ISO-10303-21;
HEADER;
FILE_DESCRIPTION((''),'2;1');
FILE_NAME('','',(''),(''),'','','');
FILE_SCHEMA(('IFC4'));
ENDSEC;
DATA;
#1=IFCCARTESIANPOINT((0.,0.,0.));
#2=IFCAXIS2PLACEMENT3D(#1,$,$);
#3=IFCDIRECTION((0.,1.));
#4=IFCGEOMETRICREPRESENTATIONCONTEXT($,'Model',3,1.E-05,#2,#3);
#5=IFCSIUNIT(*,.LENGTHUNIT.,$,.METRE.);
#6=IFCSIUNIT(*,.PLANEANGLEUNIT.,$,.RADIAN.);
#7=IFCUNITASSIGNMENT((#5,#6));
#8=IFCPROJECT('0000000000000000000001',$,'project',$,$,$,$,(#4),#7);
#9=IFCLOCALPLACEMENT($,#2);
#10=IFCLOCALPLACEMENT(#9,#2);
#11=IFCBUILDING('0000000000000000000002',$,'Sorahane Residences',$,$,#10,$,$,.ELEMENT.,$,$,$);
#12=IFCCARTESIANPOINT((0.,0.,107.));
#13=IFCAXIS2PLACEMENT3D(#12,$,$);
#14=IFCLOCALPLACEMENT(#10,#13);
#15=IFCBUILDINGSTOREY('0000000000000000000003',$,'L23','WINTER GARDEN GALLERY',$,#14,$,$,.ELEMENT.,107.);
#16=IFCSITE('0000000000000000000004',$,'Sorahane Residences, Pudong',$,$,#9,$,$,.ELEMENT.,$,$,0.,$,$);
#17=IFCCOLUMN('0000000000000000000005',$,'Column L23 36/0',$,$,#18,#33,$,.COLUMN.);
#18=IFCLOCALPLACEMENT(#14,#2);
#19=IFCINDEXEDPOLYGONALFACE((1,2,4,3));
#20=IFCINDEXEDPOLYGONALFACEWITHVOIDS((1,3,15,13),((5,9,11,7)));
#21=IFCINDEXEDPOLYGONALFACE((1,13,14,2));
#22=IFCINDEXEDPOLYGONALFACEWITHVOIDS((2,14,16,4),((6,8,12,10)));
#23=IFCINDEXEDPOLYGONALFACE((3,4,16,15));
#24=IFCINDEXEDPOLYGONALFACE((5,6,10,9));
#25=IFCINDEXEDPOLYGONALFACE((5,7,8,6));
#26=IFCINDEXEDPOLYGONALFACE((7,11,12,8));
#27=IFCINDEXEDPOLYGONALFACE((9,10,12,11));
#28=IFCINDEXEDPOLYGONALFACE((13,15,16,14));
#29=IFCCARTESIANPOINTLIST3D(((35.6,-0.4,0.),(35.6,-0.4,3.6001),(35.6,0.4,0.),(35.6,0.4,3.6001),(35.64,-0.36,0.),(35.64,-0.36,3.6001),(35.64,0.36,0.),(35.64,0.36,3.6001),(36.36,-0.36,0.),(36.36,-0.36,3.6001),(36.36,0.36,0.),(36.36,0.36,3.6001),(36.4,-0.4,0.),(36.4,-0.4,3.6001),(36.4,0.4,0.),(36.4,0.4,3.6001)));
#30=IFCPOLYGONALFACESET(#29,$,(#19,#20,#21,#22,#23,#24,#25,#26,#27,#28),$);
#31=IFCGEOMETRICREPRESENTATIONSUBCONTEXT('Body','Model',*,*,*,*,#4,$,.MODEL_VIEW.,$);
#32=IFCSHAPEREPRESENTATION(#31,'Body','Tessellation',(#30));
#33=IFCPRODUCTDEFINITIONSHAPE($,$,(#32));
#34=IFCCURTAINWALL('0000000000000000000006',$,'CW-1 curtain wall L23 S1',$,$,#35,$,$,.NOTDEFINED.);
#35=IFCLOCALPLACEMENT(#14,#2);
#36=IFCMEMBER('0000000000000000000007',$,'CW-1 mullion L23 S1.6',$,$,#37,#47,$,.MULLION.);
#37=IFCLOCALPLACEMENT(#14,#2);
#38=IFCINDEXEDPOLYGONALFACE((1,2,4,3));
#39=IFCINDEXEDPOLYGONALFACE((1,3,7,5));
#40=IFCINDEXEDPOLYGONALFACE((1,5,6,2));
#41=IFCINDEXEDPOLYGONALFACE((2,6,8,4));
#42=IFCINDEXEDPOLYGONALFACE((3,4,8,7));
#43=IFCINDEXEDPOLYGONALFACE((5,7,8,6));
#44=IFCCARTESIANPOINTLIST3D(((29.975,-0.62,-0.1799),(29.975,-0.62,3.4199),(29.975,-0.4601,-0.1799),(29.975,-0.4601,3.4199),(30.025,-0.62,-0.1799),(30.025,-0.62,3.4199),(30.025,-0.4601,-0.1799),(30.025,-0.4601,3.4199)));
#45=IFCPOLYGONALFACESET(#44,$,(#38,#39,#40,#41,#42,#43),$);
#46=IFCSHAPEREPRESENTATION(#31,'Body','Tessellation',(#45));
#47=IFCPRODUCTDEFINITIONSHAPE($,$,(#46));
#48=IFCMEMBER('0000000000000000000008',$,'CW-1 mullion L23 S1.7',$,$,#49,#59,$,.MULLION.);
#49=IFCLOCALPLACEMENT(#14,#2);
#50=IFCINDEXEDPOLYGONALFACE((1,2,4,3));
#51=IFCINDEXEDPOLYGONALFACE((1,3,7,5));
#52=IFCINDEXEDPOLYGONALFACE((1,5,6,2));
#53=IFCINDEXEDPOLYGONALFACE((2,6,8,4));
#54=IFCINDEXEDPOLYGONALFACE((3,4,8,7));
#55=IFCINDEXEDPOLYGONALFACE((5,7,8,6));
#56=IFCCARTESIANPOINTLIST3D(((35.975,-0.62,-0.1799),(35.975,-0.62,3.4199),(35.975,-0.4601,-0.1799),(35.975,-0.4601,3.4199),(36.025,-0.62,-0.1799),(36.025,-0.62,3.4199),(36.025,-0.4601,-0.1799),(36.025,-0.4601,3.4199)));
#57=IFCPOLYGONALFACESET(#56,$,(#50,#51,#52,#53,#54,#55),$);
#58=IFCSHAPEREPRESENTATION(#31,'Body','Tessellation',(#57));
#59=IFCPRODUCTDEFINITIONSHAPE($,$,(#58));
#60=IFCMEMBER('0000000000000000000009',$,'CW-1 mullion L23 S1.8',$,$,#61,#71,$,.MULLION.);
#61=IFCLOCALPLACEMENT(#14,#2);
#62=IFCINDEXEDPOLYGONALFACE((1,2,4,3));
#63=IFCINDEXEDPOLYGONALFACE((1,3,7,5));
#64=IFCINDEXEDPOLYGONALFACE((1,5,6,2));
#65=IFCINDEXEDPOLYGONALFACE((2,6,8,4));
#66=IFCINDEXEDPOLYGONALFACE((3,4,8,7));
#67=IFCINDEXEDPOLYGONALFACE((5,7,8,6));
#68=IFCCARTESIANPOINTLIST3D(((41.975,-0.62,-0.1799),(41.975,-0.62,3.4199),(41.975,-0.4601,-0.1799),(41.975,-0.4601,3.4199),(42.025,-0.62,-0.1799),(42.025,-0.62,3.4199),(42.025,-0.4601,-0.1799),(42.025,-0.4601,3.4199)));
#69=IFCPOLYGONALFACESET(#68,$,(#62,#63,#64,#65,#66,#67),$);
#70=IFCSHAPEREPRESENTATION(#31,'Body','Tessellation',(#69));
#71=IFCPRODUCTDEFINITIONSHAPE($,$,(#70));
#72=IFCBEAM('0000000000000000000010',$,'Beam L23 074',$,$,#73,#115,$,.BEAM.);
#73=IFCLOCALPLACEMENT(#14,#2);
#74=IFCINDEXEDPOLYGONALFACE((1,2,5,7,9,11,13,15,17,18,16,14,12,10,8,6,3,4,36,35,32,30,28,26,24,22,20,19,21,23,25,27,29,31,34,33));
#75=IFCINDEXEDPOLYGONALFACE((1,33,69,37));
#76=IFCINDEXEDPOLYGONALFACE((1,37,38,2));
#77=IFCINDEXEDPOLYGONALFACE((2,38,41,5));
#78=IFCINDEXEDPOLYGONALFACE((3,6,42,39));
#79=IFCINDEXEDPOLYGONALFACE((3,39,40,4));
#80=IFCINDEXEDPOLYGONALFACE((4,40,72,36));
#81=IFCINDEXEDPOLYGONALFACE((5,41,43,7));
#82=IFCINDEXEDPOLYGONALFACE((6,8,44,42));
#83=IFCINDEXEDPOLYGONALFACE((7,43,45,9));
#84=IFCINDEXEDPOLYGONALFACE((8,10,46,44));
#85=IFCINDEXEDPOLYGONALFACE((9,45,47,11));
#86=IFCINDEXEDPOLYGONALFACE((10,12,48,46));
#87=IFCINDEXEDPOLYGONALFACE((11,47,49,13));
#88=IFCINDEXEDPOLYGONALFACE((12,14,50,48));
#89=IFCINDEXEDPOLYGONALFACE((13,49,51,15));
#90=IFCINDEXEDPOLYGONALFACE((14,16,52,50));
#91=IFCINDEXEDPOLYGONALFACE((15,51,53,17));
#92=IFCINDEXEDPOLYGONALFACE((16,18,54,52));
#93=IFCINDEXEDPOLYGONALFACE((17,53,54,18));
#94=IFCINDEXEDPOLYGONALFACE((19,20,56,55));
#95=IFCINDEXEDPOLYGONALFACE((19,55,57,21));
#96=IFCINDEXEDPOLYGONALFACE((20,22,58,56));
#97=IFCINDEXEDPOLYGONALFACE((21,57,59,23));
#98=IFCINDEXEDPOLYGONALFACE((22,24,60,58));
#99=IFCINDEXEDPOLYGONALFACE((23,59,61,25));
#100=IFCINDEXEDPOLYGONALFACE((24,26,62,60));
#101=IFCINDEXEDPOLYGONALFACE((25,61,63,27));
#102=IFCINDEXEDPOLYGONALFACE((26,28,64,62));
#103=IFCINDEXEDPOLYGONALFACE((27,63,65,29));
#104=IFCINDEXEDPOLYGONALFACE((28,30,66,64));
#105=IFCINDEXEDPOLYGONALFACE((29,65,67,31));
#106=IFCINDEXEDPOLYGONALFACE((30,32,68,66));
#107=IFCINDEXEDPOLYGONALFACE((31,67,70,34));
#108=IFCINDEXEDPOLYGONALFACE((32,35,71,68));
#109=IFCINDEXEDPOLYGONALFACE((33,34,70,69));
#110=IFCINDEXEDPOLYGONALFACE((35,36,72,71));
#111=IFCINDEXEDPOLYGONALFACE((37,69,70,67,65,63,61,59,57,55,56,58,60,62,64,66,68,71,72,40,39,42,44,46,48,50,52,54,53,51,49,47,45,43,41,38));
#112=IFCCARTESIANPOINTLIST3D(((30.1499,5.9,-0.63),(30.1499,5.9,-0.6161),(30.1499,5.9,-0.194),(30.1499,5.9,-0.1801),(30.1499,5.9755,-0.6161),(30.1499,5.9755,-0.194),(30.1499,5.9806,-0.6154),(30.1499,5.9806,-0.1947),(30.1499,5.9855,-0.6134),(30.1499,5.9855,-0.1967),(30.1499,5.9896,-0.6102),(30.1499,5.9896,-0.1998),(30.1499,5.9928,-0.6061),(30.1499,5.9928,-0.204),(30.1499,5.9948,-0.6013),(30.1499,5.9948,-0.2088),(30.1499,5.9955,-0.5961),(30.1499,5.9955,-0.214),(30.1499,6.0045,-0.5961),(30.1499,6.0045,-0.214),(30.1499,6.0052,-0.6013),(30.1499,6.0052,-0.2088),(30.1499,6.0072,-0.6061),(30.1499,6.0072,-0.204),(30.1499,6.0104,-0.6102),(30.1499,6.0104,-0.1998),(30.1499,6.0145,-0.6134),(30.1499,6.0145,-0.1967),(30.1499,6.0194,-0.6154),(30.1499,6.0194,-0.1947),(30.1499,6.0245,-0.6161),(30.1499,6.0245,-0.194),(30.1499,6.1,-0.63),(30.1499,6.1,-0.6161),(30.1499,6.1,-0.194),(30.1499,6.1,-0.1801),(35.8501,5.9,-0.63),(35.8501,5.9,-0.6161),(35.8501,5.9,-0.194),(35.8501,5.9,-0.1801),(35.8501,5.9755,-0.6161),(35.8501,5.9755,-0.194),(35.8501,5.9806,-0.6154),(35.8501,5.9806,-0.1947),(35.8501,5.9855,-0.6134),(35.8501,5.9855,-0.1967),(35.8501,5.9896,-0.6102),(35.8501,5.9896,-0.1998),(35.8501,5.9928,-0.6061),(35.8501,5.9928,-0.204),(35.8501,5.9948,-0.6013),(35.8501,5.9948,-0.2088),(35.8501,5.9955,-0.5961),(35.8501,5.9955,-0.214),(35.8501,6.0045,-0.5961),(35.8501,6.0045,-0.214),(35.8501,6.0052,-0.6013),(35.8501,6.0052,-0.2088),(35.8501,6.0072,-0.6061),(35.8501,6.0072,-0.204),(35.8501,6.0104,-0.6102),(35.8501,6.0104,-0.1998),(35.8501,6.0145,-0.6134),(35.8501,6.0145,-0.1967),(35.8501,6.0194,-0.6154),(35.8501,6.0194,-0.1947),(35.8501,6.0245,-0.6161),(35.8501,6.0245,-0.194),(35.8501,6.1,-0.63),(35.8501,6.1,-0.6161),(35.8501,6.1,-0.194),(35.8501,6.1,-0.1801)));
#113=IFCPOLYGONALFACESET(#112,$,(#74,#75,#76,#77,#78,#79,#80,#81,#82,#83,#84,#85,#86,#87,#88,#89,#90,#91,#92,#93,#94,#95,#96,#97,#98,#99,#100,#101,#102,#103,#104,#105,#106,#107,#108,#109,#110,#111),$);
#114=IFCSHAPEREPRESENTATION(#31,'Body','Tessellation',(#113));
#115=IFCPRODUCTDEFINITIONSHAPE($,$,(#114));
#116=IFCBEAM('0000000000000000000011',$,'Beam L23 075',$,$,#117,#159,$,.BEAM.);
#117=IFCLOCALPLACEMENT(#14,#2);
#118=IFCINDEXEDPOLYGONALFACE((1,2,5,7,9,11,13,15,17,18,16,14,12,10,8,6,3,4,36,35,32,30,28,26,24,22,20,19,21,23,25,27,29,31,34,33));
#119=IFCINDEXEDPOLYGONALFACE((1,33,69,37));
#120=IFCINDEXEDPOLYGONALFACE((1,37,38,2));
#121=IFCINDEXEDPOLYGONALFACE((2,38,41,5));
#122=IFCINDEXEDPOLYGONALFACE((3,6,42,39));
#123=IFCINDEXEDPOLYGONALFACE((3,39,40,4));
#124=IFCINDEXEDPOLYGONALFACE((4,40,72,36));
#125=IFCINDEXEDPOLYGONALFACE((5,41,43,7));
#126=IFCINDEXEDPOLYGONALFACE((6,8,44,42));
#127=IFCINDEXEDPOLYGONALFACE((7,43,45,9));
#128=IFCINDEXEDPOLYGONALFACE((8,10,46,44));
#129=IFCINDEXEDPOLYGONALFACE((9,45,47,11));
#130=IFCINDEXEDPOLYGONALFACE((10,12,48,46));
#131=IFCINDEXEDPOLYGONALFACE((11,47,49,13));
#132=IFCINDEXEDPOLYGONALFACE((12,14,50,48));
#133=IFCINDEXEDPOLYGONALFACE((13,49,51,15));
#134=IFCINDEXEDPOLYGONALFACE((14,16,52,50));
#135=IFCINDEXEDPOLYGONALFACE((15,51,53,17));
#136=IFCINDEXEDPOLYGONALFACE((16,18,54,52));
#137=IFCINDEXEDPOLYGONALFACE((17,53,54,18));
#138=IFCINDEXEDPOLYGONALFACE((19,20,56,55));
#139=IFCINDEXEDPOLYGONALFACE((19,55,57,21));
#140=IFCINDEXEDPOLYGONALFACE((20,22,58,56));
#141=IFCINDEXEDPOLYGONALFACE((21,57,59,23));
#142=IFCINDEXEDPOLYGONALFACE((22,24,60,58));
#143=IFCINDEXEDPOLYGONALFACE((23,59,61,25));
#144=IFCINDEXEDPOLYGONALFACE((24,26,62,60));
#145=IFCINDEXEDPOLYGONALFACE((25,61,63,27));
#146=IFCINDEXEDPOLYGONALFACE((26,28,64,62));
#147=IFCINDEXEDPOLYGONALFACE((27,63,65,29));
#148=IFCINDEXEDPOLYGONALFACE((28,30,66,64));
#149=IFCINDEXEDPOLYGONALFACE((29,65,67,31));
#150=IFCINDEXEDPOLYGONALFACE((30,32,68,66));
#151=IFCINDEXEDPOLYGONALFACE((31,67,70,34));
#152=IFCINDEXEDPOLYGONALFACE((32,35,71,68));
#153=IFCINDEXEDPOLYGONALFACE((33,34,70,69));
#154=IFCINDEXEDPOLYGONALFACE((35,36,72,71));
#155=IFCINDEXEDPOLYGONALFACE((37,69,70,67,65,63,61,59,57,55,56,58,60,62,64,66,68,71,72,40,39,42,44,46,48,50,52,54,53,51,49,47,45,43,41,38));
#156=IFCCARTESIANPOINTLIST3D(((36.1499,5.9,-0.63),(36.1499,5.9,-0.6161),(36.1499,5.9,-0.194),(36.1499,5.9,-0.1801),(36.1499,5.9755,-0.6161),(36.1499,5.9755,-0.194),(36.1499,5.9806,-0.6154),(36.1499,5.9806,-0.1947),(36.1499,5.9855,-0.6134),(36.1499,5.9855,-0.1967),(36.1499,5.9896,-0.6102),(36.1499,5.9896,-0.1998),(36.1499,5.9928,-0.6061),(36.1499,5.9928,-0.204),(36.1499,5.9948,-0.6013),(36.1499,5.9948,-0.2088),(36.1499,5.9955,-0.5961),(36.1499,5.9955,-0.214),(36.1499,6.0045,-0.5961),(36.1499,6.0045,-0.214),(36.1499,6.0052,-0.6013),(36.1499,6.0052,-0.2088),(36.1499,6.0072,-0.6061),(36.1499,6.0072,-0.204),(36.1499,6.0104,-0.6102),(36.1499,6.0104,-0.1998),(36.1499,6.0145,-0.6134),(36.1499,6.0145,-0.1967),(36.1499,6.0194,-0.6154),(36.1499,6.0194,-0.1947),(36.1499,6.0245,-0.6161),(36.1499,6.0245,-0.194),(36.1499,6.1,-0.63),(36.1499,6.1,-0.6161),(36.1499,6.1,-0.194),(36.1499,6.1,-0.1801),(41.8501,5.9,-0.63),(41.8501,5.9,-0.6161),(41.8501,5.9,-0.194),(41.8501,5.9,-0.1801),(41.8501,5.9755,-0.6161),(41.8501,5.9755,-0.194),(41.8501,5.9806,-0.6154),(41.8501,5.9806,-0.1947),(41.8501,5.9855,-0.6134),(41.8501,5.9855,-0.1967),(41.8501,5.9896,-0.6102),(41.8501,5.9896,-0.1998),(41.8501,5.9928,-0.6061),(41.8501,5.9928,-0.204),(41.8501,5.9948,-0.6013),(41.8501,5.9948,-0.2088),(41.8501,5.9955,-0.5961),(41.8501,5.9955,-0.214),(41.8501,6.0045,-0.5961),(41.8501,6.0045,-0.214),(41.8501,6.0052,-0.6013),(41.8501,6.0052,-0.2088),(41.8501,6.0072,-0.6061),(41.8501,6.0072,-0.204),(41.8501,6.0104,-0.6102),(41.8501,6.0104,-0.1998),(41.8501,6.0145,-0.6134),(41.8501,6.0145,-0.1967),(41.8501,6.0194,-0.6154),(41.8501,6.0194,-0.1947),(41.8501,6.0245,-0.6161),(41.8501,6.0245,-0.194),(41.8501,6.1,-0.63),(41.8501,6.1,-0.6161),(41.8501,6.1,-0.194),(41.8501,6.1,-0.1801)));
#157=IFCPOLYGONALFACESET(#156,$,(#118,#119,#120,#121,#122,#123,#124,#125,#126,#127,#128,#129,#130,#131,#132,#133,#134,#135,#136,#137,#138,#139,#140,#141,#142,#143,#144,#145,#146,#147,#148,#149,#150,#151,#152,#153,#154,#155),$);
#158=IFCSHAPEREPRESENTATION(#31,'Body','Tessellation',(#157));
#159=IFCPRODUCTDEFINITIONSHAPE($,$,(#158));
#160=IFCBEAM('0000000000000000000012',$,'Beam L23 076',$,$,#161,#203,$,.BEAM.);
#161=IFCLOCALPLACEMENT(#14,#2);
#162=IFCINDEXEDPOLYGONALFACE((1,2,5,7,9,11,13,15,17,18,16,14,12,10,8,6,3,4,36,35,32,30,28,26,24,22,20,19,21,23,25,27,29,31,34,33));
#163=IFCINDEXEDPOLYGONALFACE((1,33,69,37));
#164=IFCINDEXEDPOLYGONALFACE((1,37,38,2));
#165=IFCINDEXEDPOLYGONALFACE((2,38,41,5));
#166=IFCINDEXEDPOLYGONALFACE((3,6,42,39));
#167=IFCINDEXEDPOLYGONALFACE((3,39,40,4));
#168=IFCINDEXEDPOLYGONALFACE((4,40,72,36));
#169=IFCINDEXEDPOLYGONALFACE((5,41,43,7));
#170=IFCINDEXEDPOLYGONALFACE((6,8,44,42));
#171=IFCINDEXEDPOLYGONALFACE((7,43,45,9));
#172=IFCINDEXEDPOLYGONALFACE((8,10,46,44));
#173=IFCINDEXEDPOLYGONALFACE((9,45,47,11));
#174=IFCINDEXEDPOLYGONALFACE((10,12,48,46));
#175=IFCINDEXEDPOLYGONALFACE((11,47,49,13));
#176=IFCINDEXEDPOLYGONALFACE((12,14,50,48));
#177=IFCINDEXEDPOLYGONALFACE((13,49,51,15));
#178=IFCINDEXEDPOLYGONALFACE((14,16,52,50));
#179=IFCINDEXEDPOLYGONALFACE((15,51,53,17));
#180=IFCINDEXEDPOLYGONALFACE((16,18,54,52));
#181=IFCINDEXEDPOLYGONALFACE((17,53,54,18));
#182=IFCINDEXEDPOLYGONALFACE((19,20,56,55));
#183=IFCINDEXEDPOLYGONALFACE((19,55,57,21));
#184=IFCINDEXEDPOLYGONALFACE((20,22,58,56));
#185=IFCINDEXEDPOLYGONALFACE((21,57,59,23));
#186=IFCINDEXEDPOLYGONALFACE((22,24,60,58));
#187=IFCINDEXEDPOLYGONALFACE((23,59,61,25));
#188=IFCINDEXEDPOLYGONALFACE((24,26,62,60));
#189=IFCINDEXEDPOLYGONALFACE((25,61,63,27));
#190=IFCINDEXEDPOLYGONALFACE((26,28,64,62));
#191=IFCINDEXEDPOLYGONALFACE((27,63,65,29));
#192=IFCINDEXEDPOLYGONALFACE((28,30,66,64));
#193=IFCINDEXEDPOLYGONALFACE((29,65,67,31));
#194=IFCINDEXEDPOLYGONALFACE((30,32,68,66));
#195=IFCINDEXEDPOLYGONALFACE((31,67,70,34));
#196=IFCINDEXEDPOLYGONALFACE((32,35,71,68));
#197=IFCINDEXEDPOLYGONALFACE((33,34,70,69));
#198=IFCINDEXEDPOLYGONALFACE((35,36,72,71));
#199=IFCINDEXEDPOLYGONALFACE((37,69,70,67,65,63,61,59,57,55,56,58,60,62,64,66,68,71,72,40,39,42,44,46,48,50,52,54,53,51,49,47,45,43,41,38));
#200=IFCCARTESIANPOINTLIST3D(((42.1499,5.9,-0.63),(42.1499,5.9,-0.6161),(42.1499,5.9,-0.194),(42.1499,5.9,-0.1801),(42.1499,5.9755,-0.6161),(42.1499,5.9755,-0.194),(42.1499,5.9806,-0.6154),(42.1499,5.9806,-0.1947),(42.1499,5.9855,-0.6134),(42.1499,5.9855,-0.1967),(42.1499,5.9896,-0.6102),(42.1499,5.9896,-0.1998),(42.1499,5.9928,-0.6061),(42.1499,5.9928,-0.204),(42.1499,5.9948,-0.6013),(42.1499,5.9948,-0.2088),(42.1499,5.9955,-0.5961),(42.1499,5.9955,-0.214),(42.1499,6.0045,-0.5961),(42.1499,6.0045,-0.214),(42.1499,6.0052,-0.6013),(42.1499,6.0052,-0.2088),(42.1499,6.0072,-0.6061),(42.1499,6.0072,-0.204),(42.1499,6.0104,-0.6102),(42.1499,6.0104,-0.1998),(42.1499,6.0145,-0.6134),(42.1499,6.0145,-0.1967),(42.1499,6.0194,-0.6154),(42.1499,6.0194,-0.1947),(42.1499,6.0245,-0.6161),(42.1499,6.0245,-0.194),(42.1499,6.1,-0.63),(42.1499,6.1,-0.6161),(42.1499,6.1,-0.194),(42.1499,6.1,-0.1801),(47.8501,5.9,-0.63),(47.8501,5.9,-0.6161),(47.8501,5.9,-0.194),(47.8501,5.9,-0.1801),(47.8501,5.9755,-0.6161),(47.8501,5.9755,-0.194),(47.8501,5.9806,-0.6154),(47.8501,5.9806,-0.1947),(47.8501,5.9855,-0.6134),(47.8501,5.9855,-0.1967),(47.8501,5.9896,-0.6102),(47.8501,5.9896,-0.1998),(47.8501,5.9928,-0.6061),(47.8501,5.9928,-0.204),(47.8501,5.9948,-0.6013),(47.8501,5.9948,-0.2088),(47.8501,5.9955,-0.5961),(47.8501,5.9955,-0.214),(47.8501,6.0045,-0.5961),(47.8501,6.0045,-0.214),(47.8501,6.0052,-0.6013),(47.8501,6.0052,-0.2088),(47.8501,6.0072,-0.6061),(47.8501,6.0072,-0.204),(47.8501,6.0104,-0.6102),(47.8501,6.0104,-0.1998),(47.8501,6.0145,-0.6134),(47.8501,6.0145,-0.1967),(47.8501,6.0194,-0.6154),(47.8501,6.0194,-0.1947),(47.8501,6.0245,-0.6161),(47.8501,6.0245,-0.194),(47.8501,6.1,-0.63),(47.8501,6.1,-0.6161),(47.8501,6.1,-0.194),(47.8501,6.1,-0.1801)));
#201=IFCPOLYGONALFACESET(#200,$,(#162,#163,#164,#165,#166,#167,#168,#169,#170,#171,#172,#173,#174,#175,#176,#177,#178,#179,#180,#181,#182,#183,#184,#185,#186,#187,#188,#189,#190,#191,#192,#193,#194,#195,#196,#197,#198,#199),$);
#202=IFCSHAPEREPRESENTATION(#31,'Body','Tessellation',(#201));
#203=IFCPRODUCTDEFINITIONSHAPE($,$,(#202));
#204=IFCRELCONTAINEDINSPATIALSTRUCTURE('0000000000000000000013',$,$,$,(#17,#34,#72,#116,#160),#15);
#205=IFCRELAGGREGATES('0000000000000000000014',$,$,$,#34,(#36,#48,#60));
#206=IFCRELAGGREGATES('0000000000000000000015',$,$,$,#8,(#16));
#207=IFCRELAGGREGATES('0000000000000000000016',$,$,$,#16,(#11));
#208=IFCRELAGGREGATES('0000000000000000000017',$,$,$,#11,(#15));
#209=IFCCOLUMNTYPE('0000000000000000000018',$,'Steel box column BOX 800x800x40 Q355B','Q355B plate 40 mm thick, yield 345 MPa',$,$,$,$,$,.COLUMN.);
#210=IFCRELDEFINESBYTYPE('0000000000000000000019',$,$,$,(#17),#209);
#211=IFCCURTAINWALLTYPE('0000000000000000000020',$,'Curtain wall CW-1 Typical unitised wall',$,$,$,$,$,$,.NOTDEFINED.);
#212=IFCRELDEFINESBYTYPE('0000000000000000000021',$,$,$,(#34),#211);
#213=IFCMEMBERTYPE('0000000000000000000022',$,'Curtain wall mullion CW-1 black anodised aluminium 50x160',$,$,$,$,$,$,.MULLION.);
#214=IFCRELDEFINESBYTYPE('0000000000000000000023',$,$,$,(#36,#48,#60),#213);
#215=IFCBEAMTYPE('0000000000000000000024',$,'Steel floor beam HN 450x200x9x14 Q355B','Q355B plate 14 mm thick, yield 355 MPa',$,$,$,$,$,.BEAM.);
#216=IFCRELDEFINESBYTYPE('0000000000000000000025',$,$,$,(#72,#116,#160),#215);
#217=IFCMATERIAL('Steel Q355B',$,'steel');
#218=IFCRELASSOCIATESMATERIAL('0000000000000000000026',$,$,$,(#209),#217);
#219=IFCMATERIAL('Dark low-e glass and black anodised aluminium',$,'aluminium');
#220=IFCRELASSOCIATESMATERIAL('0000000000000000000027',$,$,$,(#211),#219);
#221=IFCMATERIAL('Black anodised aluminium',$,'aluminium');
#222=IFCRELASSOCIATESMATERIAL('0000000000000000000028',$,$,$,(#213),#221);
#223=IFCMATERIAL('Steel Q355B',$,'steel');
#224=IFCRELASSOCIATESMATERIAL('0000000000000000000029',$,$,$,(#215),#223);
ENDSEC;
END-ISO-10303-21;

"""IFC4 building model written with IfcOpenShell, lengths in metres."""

from ifc_helpers import new_model, si_unit, direction, frame, origin, origin_2d, place, context, subcontext, project, spatial, rectangle, hollow_rectangle, i_section, extrude, material, material_profile, profile_set, type_object, element, aggregate, save


model = new_model("IFC4")

# Units and contexts
model_context = context("Model", 3, precision=1e-05, world=origin(), true_north=direction((0.0, 1.0)))
body_context = subcontext(model_context, "Body", "Model", "MODEL_VIEW")
ifc_project = project(units=[si_unit("LENGTHUNIT", "METRE"), si_unit("PLANEANGLEUNIT", "RADIAN")], contexts=[model_context])

# Site, building, storey
site_placement = place(None, origin())
site = spatial("IfcSite", under=ifc_project, at=site_placement, Name="Sorahane Residences, Pudong", CompositionType="ELEMENT", RefElevation=0.0)
building_placement = place(site_placement, origin())
building = spatial("IfcBuilding", under=site, at=building_placement, Name="Sorahane Residences", CompositionType="ELEMENT")
storey_placement = place(building_placement, frame((0.0, 0.0, 107.0)))
storey = spatial("IfcBuildingStorey", under=building, at=storey_placement, Name="L23", Description="WINTER GARDEN GALLERY", CompositionType="ELEMENT", Elevation=107.0)

# Column
ifc_material_1 = material(Name="Steel Q355B", Category="steel")
ifc_material_profile_1 = material_profile(ifc_material_1, hollow_rectangle(XDim=0.8, YDim=0.8, WallThickness=0.04, at=origin_2d()), Name="BOX 800x800x40")
ifc_profile_set_1 = profile_set([ifc_material_profile_1], Name="Steel Q355B")
column_type = type_object("IfcColumnType", Name="Steel box column BOX 800x800x40 Q355B", Description="Q355B plate 40 mm thick, yield 345 MPa", PredefinedType="COLUMN", material=ifc_profile_set_1)
column_placement = place(storey_placement, frame((36.0, 0.0, 0.0), z_axis=(0.0, 0.0, 1.0), x_axis=(1.0, 0.0, 0.0)))
element("IfcColumn", 1, at=column_placement, inside=storey, type_object=column_type, Name="Column L23 36/0", PredefinedType="COLUMN", context=body_context, shape_type="SweptSolid", body=[
    extrude(hollow_rectangle(XDim=0.8, YDim=0.8, WallThickness=0.04, at=origin_2d()), origin(), (0.0, 0.0, 1.0), 3.6001),
])

# Curtain wall, members
ifc_material_2 = material(Name="Dark low-e glass and black anodised aluminium", Category="aluminium")
curtain_wall_type = type_object("IfcCurtainWallType", Name="Curtain wall CW-1 Typical unitised wall", PredefinedType="NOTDEFINED", material=ifc_material_2)
curtain_wall_placement = place(storey_placement, origin())
curtain_wall = element("IfcCurtainWall", 2, at=curtain_wall_placement, inside=storey, type_object=curtain_wall_type, Name="CW-1 curtain wall L23 S1", PredefinedType="NOTDEFINED")
ifc_material_3 = material(Name="Black anodised aluminium", Category="aluminium")
ifc_material_profile_2 = material_profile(ifc_material_3, rectangle(XDim=0.1599, YDim=0.05, at=origin_2d()), Name="Curtain wall mullion CW-1 black anodised aluminium 50x160")
ifc_profile_set_2 = profile_set([ifc_material_profile_2], Name="Black anodised aluminium")
member_type = type_object("IfcMemberType", Name="Curtain wall mullion CW-1 black anodised aluminium 50x160", PredefinedType="MULLION", material=ifc_profile_set_2)
member_1_placement = place(storey_placement, frame((30.0, -0.54, -0.1799), z_axis=(0.0, 0.0, 1.0), x_axis=(0.0, -1.0, 0.0)))
member_1 = element("IfcMember", 3, at=member_1_placement, type_object=member_type, Name="CW-1 mullion L23 S1.6", PredefinedType="MULLION", context=body_context, shape_type="SweptSolid", body=[
    extrude(rectangle(XDim=0.1599, YDim=0.05, at=origin_2d()), origin(), (0.0, 0.0, 1.0), 3.5999),
])
member_2_placement = place(storey_placement, frame((36.0, -0.54, -0.1799), z_axis=(0.0, 0.0, 1.0), x_axis=(0.0, -1.0, 0.0)))
member_2 = element("IfcMember", 4, at=member_2_placement, type_object=member_type, Name="CW-1 mullion L23 S1.7", PredefinedType="MULLION", context=body_context, shape_type="SweptSolid", body=[
    extrude(rectangle(XDim=0.1599, YDim=0.05, at=origin_2d()), origin(), (0.0, 0.0, 1.0), 3.5999),
])
member_3_placement = place(storey_placement, frame((42.0, -0.54, -0.1799), z_axis=(0.0, 0.0, 1.0), x_axis=(0.0, -1.0, 0.0)))
member_3 = element("IfcMember", 5, at=member_3_placement, type_object=member_type, Name="CW-1 mullion L23 S1.8", PredefinedType="MULLION", context=body_context, shape_type="SweptSolid", body=[
    extrude(rectangle(XDim=0.1599, YDim=0.05, at=origin_2d()), origin(), (0.0, 0.0, 1.0), 3.5999),
])

# Beams
ifc_material_4 = material(Name="Steel Q355B", Category="steel")
ifc_material_profile_3 = material_profile(ifc_material_4, i_section(OverallWidth=0.2, OverallDepth=0.45, WebThickness=0.009, FlangeThickness=0.0139, FilletRadius=0.02, at=origin_2d()), Name="HN 450x200x9x14")
ifc_profile_set_3 = profile_set([ifc_material_profile_3], Name="Steel Q355B")
beam_type_1 = type_object("IfcBeamType", Name="Steel floor beam HN 450x200x9x14 Q355B", Description="Q355B plate 14 mm thick, yield 355 MPa", PredefinedType="BEAM", material=ifc_profile_set_3)
for number, where, z_axis, x_axis, name in (
    (6, (30.1499, 6.0, -0.405), (1.0, 0.0, 0.0), (0.0, 1.0, 0.0), "Beam L23 074"),
    (7, (36.1499, 6.0, -0.405), (1.0, 0.0, 0.0), (0.0, 1.0, 0.0), "Beam L23 075"),
    (8, (42.1499, 6.0, -0.405), (1.0, 0.0, 0.0), (0.0, 1.0, 0.0), "Beam L23 076"),
):
    element("IfcBeam", number, at=place(storey_placement, frame(where, z_axis=z_axis, x_axis=x_axis)), inside=storey, type_object=beam_type_1, Name=name, PredefinedType="BEAM", context=body_context, shape_type="SweptSolid", body=[
        extrude(i_section(OverallWidth=0.2, OverallDepth=0.45, WebThickness=0.009, FlangeThickness=0.0139, FilletRadius=0.02, at=origin_2d()), origin(), (0.0, 0.0, 1.0), 5.7002),
    ])

aggregate(curtain_wall, [member_1, member_2, member_3])

save(model, "model.ifc")
